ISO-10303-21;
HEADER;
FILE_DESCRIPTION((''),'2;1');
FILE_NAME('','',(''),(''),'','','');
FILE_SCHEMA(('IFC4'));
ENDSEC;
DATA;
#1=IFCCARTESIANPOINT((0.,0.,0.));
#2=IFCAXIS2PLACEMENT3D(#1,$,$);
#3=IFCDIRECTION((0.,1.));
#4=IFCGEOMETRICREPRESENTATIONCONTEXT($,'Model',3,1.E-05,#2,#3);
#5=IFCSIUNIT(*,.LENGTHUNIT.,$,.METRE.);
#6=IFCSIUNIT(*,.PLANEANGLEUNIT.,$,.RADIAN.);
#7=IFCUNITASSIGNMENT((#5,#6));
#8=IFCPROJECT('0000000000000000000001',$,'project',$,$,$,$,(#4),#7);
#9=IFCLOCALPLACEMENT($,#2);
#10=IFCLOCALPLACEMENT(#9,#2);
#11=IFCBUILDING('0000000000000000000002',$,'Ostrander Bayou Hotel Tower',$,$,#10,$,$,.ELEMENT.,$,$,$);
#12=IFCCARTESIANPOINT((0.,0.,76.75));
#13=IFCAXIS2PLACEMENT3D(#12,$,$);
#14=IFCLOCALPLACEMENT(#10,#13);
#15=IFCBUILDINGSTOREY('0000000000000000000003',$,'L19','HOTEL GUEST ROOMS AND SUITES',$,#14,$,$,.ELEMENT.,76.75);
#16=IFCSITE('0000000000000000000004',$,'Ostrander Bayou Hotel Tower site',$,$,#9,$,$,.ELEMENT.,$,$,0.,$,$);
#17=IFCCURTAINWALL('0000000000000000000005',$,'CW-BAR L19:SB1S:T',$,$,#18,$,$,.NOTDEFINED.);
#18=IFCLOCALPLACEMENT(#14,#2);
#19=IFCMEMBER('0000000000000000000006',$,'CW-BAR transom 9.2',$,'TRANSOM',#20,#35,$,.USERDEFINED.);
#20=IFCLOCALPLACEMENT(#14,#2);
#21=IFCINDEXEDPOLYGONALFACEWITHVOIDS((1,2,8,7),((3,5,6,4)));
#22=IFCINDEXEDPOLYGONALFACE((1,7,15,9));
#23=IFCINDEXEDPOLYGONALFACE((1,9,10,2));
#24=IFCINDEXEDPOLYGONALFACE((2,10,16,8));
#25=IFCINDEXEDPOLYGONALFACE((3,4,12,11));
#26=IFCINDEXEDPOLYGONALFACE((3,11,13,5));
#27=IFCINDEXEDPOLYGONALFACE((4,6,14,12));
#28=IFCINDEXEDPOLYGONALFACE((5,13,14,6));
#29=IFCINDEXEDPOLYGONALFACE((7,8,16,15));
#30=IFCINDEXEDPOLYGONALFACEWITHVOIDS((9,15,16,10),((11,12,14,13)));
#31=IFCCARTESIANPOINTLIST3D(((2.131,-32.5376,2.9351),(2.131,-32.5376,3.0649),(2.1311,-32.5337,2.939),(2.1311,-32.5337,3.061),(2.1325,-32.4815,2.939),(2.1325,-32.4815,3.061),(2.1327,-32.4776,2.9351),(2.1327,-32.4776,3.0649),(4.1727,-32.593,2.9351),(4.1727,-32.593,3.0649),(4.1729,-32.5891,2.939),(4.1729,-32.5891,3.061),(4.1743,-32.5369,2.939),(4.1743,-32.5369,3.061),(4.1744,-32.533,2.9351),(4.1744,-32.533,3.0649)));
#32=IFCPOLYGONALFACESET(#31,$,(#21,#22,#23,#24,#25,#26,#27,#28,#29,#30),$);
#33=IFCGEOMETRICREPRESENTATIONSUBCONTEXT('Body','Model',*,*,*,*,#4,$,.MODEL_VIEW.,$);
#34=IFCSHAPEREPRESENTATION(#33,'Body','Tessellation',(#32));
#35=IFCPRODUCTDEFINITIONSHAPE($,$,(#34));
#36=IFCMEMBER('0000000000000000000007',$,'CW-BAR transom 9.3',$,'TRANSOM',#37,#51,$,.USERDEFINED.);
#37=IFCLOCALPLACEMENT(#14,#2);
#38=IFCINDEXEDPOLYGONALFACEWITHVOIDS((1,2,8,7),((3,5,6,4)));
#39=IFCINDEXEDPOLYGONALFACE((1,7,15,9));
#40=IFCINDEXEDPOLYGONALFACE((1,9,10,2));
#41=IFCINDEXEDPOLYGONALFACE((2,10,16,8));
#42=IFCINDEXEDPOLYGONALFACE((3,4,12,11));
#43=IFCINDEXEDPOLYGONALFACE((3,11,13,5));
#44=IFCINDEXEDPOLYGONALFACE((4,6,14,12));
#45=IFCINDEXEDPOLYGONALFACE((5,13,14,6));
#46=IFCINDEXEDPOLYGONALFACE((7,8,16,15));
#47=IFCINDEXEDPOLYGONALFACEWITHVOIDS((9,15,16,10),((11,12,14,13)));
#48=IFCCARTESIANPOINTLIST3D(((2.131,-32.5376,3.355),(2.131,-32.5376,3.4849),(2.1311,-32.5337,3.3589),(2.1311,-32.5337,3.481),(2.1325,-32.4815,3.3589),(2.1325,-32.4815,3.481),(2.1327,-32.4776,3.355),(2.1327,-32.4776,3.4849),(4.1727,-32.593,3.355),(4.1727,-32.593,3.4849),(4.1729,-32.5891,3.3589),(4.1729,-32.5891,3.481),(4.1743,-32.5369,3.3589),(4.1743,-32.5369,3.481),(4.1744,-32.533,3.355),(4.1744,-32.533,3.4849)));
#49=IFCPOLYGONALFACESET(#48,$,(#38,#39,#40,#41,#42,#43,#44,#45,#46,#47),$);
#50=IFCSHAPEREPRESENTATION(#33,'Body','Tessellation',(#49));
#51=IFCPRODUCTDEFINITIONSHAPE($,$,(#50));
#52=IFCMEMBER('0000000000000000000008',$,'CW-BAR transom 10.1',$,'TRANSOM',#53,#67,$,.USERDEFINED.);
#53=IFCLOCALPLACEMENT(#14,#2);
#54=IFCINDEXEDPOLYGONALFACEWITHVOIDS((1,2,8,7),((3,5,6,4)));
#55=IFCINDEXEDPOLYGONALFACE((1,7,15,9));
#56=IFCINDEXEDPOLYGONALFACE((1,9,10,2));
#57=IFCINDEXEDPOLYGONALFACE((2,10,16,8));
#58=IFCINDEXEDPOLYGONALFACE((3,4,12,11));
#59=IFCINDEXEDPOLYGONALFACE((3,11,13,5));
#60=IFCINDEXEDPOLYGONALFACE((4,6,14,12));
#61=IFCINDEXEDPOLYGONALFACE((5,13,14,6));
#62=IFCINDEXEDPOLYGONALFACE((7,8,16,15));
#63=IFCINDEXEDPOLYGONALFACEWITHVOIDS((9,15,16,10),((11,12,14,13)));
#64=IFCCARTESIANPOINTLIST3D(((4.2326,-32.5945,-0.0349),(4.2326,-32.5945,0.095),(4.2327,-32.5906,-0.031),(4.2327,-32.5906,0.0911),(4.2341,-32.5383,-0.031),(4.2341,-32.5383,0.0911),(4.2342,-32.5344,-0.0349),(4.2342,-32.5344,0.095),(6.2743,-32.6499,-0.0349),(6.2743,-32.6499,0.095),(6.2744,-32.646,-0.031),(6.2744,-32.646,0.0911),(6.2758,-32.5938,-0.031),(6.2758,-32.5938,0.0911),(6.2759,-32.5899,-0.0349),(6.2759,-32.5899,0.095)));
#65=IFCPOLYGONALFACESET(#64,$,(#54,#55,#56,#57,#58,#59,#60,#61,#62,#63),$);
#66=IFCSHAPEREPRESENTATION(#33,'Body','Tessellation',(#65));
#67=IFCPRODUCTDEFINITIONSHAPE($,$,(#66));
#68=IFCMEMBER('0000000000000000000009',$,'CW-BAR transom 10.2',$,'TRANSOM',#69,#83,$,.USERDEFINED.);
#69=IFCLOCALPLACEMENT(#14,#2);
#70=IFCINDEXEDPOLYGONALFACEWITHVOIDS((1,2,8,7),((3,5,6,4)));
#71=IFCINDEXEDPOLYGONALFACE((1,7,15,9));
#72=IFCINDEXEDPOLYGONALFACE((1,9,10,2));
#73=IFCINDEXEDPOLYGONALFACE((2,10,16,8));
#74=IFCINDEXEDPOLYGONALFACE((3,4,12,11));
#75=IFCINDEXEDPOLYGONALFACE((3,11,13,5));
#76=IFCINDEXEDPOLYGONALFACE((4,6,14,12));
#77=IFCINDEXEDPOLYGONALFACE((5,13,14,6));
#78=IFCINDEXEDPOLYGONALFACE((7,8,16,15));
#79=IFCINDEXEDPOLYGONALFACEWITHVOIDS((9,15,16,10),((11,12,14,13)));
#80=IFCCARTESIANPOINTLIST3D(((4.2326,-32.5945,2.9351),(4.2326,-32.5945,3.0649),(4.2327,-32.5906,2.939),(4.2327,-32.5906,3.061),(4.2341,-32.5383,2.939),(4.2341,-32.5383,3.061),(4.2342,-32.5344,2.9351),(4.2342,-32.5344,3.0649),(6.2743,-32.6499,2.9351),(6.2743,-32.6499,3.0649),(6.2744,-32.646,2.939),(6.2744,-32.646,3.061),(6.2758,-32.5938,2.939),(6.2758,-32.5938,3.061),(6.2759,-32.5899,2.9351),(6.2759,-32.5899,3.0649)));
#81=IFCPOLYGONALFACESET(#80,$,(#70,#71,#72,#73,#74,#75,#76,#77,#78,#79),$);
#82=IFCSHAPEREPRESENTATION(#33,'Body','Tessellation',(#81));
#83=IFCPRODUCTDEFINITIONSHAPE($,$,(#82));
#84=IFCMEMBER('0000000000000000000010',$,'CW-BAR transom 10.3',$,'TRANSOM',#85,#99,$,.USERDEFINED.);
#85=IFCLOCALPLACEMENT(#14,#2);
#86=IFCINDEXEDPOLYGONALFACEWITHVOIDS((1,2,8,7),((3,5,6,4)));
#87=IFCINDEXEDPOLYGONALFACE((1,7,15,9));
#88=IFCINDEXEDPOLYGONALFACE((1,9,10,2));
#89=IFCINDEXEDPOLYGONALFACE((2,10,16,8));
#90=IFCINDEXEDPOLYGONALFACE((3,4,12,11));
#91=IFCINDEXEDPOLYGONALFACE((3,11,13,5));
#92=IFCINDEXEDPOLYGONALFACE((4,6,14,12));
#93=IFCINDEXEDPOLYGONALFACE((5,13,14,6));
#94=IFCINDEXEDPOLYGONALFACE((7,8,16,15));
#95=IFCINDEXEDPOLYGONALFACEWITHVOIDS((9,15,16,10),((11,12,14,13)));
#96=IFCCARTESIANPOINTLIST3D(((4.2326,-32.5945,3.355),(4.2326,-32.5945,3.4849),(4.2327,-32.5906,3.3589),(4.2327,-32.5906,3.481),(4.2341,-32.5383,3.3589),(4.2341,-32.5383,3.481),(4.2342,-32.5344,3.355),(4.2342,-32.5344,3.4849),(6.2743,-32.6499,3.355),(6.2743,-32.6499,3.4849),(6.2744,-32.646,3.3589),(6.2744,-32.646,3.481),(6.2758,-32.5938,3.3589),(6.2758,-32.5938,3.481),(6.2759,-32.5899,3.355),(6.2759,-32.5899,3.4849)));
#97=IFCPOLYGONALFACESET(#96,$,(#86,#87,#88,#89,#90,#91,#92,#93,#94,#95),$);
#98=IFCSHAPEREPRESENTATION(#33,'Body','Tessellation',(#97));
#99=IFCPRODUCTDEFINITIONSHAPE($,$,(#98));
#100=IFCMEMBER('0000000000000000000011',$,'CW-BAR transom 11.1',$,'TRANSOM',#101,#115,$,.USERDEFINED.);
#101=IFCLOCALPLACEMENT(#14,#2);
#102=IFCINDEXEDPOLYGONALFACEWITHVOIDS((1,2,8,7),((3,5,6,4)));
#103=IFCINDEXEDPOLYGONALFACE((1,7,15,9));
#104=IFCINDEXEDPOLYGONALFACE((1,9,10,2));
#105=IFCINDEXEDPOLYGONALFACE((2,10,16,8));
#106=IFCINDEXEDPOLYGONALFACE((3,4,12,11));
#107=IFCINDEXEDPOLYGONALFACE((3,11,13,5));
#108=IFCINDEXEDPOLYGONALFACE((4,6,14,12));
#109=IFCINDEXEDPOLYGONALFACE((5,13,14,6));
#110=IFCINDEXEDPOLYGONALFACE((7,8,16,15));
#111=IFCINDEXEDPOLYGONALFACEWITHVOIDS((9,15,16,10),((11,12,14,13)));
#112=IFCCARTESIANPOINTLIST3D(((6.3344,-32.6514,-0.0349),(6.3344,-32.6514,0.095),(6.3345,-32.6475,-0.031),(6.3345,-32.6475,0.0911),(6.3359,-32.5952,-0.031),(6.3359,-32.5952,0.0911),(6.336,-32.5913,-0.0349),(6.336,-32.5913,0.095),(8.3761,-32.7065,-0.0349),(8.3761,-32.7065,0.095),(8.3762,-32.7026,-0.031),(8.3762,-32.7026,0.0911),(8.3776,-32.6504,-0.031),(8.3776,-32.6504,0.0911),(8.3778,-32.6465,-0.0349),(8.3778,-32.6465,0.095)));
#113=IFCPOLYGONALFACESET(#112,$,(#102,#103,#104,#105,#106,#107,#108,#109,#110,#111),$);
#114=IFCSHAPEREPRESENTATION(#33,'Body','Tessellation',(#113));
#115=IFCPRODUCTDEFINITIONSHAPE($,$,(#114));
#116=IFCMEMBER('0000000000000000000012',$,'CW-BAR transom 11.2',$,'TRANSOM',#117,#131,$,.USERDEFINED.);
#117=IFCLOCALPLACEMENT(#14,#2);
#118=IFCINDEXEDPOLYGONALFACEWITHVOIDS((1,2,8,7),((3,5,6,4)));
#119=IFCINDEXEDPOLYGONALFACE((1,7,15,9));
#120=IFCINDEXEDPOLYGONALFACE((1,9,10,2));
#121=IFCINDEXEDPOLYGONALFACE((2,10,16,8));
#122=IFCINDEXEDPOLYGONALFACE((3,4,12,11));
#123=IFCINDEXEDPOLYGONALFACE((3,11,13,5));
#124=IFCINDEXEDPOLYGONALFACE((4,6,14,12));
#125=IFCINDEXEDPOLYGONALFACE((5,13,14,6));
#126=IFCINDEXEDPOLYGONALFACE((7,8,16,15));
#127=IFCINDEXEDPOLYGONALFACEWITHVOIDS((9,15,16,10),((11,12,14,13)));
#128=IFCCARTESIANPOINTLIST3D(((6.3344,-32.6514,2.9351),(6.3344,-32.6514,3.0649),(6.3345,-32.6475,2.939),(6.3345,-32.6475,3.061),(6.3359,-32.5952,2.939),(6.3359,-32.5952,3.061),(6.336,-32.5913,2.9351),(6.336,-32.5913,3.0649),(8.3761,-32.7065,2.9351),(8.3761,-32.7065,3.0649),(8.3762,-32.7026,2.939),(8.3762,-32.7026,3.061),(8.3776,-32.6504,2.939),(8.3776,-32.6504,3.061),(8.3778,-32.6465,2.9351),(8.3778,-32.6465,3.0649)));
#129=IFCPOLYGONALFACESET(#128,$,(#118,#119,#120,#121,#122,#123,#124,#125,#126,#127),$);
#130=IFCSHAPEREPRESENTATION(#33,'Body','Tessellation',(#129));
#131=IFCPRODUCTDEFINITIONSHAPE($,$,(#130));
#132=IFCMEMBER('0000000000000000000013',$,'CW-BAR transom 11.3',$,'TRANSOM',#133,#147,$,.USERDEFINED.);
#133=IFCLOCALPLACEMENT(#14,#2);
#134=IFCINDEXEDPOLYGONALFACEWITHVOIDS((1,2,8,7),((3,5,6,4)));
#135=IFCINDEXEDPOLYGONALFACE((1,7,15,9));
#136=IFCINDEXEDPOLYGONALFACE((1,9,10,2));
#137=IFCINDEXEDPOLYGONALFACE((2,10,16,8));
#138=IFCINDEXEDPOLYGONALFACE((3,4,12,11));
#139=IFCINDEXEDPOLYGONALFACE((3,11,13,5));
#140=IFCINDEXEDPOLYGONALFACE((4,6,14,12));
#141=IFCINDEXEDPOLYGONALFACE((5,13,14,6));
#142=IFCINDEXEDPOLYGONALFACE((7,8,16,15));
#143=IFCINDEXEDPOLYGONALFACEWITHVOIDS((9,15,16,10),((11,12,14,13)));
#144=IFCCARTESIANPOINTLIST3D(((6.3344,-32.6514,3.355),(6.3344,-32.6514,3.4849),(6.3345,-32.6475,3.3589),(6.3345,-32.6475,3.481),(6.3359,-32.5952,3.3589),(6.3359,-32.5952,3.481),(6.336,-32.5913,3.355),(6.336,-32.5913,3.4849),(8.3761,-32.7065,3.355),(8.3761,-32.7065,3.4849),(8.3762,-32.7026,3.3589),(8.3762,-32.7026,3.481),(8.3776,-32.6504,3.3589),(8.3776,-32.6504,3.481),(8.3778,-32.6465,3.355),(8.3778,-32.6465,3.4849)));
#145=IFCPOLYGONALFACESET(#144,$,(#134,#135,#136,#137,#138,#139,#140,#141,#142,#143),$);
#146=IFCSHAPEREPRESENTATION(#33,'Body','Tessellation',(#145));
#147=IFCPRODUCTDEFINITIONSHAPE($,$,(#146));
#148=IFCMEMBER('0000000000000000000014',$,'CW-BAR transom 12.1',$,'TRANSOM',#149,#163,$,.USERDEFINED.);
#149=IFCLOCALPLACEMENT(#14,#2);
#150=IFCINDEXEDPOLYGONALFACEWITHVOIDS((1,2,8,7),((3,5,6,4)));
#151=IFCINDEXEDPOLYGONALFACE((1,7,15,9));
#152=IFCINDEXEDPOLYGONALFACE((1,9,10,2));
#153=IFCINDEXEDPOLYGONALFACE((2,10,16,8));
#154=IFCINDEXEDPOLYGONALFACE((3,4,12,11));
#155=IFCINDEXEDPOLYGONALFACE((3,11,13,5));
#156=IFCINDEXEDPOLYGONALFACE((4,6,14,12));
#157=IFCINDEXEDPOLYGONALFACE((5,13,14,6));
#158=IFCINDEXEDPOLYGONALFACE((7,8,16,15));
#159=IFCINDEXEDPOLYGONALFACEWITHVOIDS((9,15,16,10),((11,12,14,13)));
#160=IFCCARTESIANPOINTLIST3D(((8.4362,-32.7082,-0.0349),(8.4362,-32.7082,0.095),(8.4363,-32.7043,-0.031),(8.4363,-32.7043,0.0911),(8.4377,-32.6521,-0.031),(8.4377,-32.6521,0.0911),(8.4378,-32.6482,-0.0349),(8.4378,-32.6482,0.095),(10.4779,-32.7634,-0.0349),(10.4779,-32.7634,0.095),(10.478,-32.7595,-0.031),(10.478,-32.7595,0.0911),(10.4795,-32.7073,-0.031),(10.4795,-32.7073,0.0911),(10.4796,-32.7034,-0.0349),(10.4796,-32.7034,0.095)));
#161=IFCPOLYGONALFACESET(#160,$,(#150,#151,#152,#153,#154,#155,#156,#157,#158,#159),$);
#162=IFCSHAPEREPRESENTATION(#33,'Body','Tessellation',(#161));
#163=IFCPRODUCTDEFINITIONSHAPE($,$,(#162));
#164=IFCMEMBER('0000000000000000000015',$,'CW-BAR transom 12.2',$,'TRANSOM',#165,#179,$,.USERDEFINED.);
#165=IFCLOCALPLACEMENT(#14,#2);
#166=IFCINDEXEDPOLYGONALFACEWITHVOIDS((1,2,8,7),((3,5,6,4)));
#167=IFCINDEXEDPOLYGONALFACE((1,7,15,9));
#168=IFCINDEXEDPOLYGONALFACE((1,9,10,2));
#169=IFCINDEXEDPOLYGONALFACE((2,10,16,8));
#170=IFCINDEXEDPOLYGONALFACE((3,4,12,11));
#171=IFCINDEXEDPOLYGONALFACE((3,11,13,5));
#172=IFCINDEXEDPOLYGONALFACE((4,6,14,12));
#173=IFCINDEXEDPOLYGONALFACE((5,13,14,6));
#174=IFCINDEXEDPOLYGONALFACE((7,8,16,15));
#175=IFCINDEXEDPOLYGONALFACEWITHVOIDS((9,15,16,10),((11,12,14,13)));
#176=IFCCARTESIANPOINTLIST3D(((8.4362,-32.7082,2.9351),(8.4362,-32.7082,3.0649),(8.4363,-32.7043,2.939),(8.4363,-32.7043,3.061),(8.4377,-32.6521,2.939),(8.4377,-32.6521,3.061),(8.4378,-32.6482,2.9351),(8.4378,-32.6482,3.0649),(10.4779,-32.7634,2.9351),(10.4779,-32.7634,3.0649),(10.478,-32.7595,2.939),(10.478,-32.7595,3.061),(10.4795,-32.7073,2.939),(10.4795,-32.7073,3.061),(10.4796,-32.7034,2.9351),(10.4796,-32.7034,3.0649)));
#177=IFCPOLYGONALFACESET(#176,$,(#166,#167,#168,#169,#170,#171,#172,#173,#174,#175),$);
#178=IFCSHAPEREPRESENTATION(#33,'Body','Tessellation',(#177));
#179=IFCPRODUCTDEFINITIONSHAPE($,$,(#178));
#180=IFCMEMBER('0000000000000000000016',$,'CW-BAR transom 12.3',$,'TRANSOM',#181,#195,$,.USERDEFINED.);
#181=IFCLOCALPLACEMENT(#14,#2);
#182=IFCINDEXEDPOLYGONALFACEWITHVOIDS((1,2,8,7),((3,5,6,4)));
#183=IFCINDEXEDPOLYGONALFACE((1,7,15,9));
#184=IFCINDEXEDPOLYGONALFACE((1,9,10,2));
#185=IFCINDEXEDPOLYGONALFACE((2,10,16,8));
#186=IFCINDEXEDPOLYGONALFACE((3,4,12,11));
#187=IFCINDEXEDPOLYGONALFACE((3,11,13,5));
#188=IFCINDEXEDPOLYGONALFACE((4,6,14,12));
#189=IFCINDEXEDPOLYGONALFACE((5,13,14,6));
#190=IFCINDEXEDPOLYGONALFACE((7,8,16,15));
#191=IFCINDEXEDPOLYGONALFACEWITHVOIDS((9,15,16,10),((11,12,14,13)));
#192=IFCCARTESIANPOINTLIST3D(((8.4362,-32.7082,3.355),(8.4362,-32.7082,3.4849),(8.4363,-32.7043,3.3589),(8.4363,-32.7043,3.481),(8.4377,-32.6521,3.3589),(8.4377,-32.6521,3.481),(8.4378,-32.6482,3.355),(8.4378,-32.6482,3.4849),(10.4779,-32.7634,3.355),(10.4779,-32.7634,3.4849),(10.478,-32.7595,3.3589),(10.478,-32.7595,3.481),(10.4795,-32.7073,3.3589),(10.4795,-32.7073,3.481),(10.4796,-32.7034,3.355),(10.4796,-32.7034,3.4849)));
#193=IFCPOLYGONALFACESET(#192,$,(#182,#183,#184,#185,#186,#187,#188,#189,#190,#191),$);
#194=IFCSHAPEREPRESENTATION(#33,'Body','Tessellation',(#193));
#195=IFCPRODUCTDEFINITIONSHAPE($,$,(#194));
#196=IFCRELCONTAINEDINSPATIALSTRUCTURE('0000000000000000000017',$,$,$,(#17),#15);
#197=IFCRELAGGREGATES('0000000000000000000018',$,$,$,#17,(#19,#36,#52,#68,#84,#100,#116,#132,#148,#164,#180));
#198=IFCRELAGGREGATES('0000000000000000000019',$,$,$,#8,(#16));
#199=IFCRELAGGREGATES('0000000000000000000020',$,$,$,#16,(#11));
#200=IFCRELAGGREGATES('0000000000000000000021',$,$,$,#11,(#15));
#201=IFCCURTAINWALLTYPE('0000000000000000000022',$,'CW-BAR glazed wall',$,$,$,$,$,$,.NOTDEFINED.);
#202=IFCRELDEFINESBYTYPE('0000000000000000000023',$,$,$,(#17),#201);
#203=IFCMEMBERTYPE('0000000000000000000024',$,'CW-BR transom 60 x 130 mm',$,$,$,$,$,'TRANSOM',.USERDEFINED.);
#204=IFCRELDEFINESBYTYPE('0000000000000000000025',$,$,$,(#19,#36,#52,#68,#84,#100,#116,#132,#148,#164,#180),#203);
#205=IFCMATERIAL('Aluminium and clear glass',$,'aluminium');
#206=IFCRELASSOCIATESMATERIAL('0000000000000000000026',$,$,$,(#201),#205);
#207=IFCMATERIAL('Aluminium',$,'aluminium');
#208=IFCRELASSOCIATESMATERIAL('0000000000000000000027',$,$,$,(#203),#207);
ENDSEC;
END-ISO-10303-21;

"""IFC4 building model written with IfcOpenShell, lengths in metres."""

from ifc_helpers import new_model, si_unit, direction, frame, origin, origin_2d, place, context, subcontext, project, spatial, hollow_rectangle, extrude, material, material_profile, profile_set, type_object, element, aggregate, save


model = new_model("IFC4")

# Units and contexts
model_context = context("Model", 3, precision=1e-05, world=origin(), true_north=direction((0.0, 1.0)))
body_context = subcontext(model_context, "Body", "Model", "MODEL_VIEW")
ifc_project = project(units=[si_unit("LENGTHUNIT", "METRE"), si_unit("PLANEANGLEUNIT", "RADIAN")], contexts=[model_context])

# Site, building, storey
site_placement = place(None, origin())
site = spatial("IfcSite", under=ifc_project, at=site_placement, Name="Ostrander Bayou Hotel Tower site", CompositionType="ELEMENT", RefElevation=0.0)
building_placement = place(site_placement, origin())
building = spatial("IfcBuilding", under=site, at=building_placement, Name="Ostrander Bayou Hotel Tower", CompositionType="ELEMENT")
storey_placement = place(building_placement, frame((0.0, 0.0, 76.75)))
storey = spatial("IfcBuildingStorey", under=building, at=storey_placement, Name="L19", Description="HOTEL GUEST ROOMS AND SUITES", CompositionType="ELEMENT", Elevation=76.75)

# Curtain wall, members
ifc_material_1 = material(Name="Aluminium and clear glass", Category="aluminium")
curtain_wall_type = type_object("IfcCurtainWallType", Name="CW-BAR glazed wall", PredefinedType="NOTDEFINED", material=ifc_material_1)
curtain_wall_placement = place(storey_placement, origin())
curtain_wall = element("IfcCurtainWall", 1, at=curtain_wall_placement, inside=storey, type_object=curtain_wall_type, Name="CW-BAR L19:SB1S:T", PredefinedType="NOTDEFINED")
ifc_material_2 = material(Name="Aluminium", Category="aluminium")
ifc_material_profile_1 = material_profile(ifc_material_2, hollow_rectangle(XDim=0.0601, YDim=0.1299, WallThickness=0.0039, at=origin_2d()))
ifc_profile_set_1 = profile_set([ifc_material_profile_1], Name="Aluminium")
member_type_1 = type_object("IfcMemberType", Name="CW-BR transom 60 x 130 mm", ElementType="TRANSOM", PredefinedType="USERDEFINED", material=ifc_profile_set_1)
member_1_placement = place(storey_placement, frame((2.1318, -32.5076, 3.0), z_axis=(0.999632, -0.027133, 0.0), x_axis=(0.027133, 0.999632, 0.0)))
member_1 = element("IfcMember", 2, at=member_1_placement, type_object=member_type_1, Name="CW-BAR transom 9.2", ObjectType="TRANSOM", PredefinedType="USERDEFINED", context=body_context, shape_type="SweptSolid", body=[
    extrude(hollow_rectangle(XDim=0.0601, YDim=0.1299, WallThickness=0.0039, at=origin_2d()), origin(), (0.0, 0.0, 1.0), 2.0425),
])
member_2_placement = place(storey_placement, frame((2.1318, -32.5076, 3.4199), z_axis=(0.999632, -0.027133, 0.0), x_axis=(0.027133, 0.999632, 0.0)))
member_2 = element("IfcMember", 3, at=member_2_placement, type_object=member_type_1, Name="CW-BAR transom 9.3", ObjectType="TRANSOM", PredefinedType="USERDEFINED", context=body_context, shape_type="SweptSolid", body=[
    extrude(hollow_rectangle(XDim=0.0601, YDim=0.1299, WallThickness=0.0039, at=origin_2d()), origin(), (0.0, 0.0, 1.0), 2.0425),
])
member_3_placement = place(storey_placement, frame((4.2334, -32.5645, 0.03), z_axis=(0.999632, -0.027133, 0.0), x_axis=(0.027133, 0.999632, 0.0)))
member_3 = element("IfcMember", 4, at=member_3_placement, type_object=member_type_1, Name="CW-BAR transom 10.1", ObjectType="TRANSOM", PredefinedType="USERDEFINED", context=body_context, shape_type="SweptSolid", body=[
    extrude(hollow_rectangle(XDim=0.0601, YDim=0.1299, WallThickness=0.0039, at=origin_2d()), origin(), (0.0, 0.0, 1.0), 2.0425),
])
member_4_placement = place(storey_placement, frame((4.2334, -32.5645, 3.0), z_axis=(0.999632, -0.027133, 0.0), x_axis=(0.027133, 0.999632, 0.0)))
member_4 = element("IfcMember", 5, at=member_4_placement, type_object=member_type_1, Name="CW-BAR transom 10.2", ObjectType="TRANSOM", PredefinedType="USERDEFINED", context=body_context, shape_type="SweptSolid", body=[
    extrude(hollow_rectangle(XDim=0.0601, YDim=0.1299, WallThickness=0.0039, at=origin_2d()), origin(), (0.0, 0.0, 1.0), 2.0425),
])
member_5_placement = place(storey_placement, frame((4.2334, -32.5645, 3.4199), z_axis=(0.999632, -0.027133, 0.0), x_axis=(0.027133, 0.999632, 0.0)))
member_5 = element("IfcMember", 6, at=member_5_placement, type_object=member_type_1, Name="CW-BAR transom 10.3", ObjectType="TRANSOM", PredefinedType="USERDEFINED", context=body_context, shape_type="SweptSolid", body=[
    extrude(hollow_rectangle(XDim=0.0601, YDim=0.1299, WallThickness=0.0039, at=origin_2d()), origin(), (0.0, 0.0, 1.0), 2.0425),
])
member_6_placement = place(storey_placement, frame((6.3352, -32.6213, 0.03), z_axis=(0.999635, -0.027014, 0.0), x_axis=(0.027014, 0.999635, 0.0)))
member_6 = element("IfcMember", 7, at=member_6_placement, type_object=member_type_1, Name="CW-BAR transom 11.1", ObjectType="TRANSOM", PredefinedType="USERDEFINED", context=body_context, shape_type="SweptSolid", body=[
    extrude(hollow_rectangle(XDim=0.0601, YDim=0.1299, WallThickness=0.0039, at=origin_2d()), origin(), (0.0, 0.0, 1.0), 2.0425),
])
member_7_placement = place(storey_placement, frame((6.3352, -32.6213, 3.0), z_axis=(0.999635, -0.027014, 0.0), x_axis=(0.027014, 0.999635, 0.0)))
member_7 = element("IfcMember", 8, at=member_7_placement, type_object=member_type_1, Name="CW-BAR transom 11.2", ObjectType="TRANSOM", PredefinedType="USERDEFINED", context=body_context, shape_type="SweptSolid", body=[
    extrude(hollow_rectangle(XDim=0.0601, YDim=0.1299, WallThickness=0.0039, at=origin_2d()), origin(), (0.0, 0.0, 1.0), 2.0425),
])
member_8_placement = place(storey_placement, frame((6.3352, -32.6213, 3.4199), z_axis=(0.999635, -0.027014, 0.0), x_axis=(0.027014, 0.999635, 0.0)))
member_8 = element("IfcMember", 9, at=member_8_placement, type_object=member_type_1, Name="CW-BAR transom 11.3", ObjectType="TRANSOM", PredefinedType="USERDEFINED", context=body_context, shape_type="SweptSolid", body=[
    extrude(hollow_rectangle(XDim=0.0601, YDim=0.1299, WallThickness=0.0039, at=origin_2d()), origin(), (0.0, 0.0, 1.0), 2.0425),
])
member_9_placement = place(storey_placement, frame((8.437, -32.6782, 0.03), z_axis=(0.999635, -0.027014, 0.0), x_axis=(0.027014, 0.999635, 0.0)))
member_9 = element("IfcMember", 10, at=member_9_placement, type_object=member_type_1, Name="CW-BAR transom 12.1", ObjectType="TRANSOM", PredefinedType="USERDEFINED", context=body_context, shape_type="SweptSolid", body=[
    extrude(hollow_rectangle(XDim=0.0601, YDim=0.1299, WallThickness=0.0039, at=origin_2d()), origin(), (0.0, 0.0, 1.0), 2.0425),
])
member_10_placement = place(storey_placement, frame((8.437, -32.6782, 3.0), z_axis=(0.999635, -0.027014, 0.0), x_axis=(0.027014, 0.999635, 0.0)))
member_10 = element("IfcMember", 11, at=member_10_placement, type_object=member_type_1, Name="CW-BAR transom 12.2", ObjectType="TRANSOM", PredefinedType="USERDEFINED", context=body_context, shape_type="SweptSolid", body=[
    extrude(hollow_rectangle(XDim=0.0601, YDim=0.1299, WallThickness=0.0039, at=origin_2d()), origin(), (0.0, 0.0, 1.0), 2.0425),
])
member_11_placement = place(storey_placement, frame((8.437, -32.6782, 3.4199), z_axis=(0.999635, -0.027014, 0.0), x_axis=(0.027014, 0.999635, 0.0)))
member_11 = element("IfcMember", 12, at=member_11_placement, type_object=member_type_1, Name="CW-BAR transom 12.3", ObjectType="TRANSOM", PredefinedType="USERDEFINED", context=body_context, shape_type="SweptSolid", body=[
    extrude(hollow_rectangle(XDim=0.0601, YDim=0.1299, WallThickness=0.0039, at=origin_2d()), origin(), (0.0, 0.0, 1.0), 2.0425),
])
aggregate(curtain_wall, [member_1, member_2, member_3, member_4, member_5, member_6, member_7, member_8, member_9, member_10, member_11])

save(model, "model.ifc")
